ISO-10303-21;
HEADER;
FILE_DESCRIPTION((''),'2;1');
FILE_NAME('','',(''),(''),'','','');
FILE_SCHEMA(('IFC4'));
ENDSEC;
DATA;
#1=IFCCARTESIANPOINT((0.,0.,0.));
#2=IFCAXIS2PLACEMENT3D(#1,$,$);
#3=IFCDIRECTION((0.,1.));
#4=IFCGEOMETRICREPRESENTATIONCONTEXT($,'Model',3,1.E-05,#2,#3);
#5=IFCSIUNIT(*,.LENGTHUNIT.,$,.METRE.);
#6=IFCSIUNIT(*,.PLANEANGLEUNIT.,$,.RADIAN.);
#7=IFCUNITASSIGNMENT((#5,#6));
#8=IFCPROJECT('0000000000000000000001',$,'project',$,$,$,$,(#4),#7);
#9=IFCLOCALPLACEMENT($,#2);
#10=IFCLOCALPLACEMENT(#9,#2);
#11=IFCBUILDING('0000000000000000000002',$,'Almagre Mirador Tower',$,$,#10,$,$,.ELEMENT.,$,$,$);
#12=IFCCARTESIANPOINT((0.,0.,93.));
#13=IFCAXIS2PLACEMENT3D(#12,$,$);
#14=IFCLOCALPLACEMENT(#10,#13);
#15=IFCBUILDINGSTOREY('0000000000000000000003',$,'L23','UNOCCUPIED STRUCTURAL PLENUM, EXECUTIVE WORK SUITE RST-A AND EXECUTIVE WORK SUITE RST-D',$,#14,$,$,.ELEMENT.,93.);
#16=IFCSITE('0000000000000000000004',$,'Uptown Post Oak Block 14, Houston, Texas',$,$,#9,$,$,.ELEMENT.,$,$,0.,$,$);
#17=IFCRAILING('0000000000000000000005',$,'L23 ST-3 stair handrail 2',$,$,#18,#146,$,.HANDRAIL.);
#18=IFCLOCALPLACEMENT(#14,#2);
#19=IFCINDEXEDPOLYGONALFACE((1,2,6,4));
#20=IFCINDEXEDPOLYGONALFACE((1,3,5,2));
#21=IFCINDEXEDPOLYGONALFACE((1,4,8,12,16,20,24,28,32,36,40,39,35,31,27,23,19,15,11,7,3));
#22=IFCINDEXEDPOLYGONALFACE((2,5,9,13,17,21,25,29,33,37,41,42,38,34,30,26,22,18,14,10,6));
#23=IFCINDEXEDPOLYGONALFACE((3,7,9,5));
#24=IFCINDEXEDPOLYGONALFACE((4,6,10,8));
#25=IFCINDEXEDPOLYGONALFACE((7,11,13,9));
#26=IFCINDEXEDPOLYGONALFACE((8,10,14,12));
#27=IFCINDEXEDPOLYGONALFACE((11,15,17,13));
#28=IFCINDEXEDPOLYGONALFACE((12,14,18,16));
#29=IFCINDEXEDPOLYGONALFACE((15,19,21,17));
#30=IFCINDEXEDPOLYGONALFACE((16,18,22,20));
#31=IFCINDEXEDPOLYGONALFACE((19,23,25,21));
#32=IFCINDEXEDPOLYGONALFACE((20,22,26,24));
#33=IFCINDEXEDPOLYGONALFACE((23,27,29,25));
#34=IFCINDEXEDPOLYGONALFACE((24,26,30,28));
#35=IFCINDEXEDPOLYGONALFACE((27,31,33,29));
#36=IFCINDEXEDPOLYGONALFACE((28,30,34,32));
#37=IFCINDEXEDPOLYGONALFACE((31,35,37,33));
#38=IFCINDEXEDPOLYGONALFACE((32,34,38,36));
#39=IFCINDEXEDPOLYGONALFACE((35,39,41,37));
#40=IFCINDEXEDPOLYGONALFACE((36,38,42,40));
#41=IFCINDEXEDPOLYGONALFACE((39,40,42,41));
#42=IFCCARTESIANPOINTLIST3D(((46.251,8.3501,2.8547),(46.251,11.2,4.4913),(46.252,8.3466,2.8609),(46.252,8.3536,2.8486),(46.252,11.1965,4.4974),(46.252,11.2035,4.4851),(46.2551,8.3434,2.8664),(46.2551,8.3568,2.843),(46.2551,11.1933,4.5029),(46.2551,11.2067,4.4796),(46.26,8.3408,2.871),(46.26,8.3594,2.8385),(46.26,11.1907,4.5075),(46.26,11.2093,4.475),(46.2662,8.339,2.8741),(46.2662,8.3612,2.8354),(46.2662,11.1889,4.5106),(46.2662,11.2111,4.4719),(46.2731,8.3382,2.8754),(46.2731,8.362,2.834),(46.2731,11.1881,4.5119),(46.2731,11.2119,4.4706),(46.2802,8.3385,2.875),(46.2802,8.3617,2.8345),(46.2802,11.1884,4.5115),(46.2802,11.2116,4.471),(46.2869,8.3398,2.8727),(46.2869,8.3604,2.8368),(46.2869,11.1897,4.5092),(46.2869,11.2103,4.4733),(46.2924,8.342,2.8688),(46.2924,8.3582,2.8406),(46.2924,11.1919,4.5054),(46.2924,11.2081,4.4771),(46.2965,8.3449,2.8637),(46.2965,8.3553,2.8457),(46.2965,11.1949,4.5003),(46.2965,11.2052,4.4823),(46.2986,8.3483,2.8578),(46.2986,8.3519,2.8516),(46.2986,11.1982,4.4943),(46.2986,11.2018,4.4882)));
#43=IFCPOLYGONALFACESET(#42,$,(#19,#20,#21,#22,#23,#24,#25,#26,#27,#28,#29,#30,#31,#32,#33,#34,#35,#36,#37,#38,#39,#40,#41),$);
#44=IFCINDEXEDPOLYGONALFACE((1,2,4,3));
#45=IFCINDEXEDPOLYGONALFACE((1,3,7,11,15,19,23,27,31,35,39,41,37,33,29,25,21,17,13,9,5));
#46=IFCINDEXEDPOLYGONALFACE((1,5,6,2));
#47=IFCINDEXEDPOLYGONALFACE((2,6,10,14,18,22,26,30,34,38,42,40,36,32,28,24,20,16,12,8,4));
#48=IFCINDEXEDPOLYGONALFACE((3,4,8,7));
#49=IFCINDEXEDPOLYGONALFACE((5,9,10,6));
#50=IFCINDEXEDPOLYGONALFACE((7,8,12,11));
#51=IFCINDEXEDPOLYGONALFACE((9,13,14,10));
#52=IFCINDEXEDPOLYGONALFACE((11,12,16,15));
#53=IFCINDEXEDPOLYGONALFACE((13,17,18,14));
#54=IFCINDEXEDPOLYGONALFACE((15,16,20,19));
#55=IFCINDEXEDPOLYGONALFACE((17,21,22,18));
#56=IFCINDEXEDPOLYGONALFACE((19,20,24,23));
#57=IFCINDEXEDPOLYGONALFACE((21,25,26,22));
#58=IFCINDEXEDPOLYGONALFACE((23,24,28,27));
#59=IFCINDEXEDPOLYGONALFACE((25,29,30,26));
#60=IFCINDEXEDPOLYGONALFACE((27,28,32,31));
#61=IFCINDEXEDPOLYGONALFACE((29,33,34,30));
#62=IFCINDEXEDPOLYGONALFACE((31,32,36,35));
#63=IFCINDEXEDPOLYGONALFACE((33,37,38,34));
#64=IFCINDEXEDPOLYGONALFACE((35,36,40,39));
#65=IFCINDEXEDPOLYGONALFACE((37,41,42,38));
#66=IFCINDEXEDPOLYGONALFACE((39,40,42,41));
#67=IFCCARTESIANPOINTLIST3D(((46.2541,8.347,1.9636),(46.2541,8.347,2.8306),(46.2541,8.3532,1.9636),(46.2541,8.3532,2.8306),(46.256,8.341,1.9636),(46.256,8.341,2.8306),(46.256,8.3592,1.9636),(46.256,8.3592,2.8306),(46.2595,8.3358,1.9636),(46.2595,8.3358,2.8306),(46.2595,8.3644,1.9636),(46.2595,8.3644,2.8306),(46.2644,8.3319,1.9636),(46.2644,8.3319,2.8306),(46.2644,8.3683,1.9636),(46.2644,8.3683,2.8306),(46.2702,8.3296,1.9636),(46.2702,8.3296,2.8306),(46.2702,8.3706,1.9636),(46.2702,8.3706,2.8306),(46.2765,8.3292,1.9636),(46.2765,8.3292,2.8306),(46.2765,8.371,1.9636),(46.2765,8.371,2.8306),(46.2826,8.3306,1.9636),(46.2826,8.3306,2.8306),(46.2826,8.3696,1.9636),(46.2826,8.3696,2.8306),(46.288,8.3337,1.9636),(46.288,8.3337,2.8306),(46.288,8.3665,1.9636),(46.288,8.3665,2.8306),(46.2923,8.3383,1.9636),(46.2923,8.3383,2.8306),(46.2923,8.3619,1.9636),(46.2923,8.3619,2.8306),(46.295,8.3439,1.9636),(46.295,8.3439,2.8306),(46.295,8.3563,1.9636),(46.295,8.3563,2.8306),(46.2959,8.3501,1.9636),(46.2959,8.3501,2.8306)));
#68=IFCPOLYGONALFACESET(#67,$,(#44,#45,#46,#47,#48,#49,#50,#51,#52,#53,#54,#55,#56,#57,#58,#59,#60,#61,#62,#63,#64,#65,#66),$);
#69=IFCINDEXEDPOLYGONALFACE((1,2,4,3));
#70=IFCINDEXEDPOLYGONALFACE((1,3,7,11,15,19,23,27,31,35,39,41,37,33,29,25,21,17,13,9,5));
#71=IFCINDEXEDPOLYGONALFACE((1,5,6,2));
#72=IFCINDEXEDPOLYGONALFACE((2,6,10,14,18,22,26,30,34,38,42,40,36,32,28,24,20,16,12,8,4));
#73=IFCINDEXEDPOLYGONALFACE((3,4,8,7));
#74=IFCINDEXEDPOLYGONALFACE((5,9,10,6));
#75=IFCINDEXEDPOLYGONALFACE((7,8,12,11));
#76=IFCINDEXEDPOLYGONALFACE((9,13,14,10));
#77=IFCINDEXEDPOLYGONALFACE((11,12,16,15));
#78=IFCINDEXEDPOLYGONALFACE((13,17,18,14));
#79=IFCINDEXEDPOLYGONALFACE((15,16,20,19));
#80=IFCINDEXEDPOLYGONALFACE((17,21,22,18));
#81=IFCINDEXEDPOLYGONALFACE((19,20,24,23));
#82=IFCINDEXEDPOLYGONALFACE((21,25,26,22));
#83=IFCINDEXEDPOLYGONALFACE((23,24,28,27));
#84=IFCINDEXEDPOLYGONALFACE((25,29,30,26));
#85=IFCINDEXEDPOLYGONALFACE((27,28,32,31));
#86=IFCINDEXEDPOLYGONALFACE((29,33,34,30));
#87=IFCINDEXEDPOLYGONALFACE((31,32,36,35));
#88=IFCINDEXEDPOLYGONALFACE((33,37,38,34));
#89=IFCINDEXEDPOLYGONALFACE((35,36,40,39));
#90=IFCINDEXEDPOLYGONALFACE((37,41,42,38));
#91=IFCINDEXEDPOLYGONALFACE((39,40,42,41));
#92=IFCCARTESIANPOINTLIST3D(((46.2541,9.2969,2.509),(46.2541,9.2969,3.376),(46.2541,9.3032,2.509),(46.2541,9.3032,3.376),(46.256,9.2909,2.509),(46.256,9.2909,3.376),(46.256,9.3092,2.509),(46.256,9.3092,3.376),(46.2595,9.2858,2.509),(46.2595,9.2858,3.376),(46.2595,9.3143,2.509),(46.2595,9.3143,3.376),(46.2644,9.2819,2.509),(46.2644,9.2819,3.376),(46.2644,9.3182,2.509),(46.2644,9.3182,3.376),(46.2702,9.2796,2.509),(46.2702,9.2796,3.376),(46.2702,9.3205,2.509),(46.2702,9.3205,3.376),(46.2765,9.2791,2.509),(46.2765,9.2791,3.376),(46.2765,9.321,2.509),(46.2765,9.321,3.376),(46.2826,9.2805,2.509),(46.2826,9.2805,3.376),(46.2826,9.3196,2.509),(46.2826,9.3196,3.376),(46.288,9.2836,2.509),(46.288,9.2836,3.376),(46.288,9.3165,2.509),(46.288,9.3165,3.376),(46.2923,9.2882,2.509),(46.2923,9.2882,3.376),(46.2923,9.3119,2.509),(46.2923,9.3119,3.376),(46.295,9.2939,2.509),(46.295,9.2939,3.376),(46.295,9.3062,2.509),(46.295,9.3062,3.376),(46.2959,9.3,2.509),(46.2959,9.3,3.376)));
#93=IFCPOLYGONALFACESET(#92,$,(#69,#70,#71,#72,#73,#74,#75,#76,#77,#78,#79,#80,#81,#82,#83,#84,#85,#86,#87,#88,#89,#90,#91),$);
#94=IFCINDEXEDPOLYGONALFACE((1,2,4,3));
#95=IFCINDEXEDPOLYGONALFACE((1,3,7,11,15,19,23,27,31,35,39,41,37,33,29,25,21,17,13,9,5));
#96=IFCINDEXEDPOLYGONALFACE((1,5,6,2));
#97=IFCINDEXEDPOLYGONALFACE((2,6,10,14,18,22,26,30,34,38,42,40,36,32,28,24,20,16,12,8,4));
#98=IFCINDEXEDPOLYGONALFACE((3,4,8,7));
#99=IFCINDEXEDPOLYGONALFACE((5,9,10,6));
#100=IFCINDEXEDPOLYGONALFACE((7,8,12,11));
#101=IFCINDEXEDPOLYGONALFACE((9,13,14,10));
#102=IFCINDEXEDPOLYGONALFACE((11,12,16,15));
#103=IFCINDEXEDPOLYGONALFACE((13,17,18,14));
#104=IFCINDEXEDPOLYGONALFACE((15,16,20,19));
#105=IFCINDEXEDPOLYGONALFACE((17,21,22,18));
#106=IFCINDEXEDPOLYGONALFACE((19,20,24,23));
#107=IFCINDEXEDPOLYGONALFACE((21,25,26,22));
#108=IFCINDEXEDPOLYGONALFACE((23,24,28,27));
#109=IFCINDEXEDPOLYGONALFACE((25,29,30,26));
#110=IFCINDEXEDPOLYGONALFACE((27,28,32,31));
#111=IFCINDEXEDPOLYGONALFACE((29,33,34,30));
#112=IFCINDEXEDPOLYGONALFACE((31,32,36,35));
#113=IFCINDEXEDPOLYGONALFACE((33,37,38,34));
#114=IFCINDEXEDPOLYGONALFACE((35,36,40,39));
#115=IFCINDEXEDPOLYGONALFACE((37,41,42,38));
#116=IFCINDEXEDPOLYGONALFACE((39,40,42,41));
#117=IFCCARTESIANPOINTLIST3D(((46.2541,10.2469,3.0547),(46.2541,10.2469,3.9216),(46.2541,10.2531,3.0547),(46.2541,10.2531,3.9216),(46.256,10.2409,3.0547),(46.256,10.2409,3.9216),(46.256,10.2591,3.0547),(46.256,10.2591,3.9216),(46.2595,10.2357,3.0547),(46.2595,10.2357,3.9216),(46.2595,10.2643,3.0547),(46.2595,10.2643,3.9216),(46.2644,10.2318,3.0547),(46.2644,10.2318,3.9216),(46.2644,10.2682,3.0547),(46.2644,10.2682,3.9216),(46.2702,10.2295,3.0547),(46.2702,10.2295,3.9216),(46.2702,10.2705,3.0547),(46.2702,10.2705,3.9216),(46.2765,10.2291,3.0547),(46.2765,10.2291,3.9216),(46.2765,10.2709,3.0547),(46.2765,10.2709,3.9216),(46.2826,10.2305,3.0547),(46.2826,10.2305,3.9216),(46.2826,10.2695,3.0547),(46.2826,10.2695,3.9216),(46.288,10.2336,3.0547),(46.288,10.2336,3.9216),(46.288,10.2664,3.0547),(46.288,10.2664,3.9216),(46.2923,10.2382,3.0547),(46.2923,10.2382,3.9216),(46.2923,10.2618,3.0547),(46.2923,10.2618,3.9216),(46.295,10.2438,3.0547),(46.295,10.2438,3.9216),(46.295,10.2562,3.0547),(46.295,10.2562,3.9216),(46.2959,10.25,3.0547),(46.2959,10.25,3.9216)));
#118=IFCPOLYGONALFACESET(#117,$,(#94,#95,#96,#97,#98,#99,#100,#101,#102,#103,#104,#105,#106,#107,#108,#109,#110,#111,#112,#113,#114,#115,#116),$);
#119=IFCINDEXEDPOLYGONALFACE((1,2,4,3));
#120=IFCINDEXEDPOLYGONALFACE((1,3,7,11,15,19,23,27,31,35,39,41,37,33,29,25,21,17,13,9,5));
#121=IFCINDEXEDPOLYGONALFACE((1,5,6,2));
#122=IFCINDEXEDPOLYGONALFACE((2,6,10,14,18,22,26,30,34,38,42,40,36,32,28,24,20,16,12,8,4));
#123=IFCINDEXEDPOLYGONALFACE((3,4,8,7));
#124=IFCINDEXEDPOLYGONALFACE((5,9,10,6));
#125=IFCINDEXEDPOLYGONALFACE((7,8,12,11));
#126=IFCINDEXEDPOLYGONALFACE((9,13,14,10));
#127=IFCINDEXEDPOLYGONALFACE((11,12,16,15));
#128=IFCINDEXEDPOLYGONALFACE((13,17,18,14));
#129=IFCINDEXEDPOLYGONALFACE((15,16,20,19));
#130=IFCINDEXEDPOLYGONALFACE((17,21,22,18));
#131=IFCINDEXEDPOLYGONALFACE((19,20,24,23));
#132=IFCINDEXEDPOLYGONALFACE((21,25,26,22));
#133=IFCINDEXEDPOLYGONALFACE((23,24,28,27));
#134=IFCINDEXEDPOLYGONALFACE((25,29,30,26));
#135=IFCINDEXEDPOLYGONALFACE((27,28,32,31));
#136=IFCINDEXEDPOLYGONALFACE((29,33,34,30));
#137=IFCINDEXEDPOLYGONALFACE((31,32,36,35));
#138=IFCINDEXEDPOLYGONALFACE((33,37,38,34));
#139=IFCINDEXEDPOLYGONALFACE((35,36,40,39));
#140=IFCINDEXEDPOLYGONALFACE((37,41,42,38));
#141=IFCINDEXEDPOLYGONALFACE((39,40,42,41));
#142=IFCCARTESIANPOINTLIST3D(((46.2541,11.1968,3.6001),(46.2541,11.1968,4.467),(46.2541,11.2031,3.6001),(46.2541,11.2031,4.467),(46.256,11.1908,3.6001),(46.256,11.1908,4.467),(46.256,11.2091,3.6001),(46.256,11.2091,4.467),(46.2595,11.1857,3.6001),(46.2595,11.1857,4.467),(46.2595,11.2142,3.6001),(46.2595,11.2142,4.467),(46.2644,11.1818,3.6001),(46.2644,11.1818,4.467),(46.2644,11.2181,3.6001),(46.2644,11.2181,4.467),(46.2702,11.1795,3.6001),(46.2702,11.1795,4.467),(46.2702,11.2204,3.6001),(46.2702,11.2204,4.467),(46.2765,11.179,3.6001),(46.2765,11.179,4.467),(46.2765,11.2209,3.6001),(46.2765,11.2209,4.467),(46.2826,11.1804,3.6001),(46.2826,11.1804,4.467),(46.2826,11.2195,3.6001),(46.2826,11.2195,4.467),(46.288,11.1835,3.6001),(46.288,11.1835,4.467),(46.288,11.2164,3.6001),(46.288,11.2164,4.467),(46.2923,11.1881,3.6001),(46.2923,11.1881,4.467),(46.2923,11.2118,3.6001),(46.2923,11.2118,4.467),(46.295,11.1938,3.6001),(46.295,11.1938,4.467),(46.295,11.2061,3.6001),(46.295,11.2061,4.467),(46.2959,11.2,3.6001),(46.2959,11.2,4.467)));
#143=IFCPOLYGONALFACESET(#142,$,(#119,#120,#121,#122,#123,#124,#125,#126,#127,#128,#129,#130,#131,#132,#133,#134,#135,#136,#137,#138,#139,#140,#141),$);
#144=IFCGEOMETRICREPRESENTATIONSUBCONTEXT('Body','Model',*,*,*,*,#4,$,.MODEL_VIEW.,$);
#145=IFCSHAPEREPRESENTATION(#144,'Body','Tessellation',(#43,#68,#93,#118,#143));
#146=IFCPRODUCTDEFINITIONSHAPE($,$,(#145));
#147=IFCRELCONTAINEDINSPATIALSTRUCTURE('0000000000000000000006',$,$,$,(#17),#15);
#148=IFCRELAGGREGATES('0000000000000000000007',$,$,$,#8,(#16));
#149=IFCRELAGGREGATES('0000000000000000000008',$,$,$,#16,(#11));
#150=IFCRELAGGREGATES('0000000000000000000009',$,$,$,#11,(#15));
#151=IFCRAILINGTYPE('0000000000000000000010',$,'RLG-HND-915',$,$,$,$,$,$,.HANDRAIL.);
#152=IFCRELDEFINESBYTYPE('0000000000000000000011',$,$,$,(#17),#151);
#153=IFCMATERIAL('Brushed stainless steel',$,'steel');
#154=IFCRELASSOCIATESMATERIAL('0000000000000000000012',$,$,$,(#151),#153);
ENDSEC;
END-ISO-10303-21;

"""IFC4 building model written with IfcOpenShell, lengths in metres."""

from ifc_helpers import new_model, si_unit, direction, frame, origin, origin_2d, place, context, subcontext, project, spatial, circle, extrude, material, type_object, element, save


model = new_model("IFC4")

# Units and contexts
model_context = context("Model", 3, precision=1e-05, world=origin(), true_north=direction((0.0, 1.0)))
body_context = subcontext(model_context, "Body", "Model", "MODEL_VIEW")
ifc_project = project(units=[si_unit("LENGTHUNIT", "METRE"), si_unit("PLANEANGLEUNIT", "RADIAN")], contexts=[model_context])

# Site, building, storey
site_placement = place(None, origin())
site = spatial("IfcSite", under=ifc_project, at=site_placement, Name="Uptown Post Oak Block 14, Houston, Texas", CompositionType="ELEMENT", RefElevation=0.0)
building_placement = place(site_placement, origin())
building = spatial("IfcBuilding", under=site, at=building_placement, Name="Almagre Mirador Tower", CompositionType="ELEMENT")
storey_placement = place(building_placement, frame((0.0, 0.0, 93.0)))
storey = spatial("IfcBuildingStorey", under=building, at=storey_placement, Name="L23", Description="UNOCCUPIED STRUCTURAL PLENUM, EXECUTIVE WORK SUITE RST-A AND EXECUTIVE WORK SUITE RST-D", CompositionType="ELEMENT", Elevation=93.0)

# Railing
ifc_material_1 = material(Name="Brushed stainless steel", Category="steel")
railing_type_1 = type_object("IfcRailingType", Name="RLG-HND-915", PredefinedType="HANDRAIL", material=ifc_material_1)
railing_1_placement = place(storey_placement, frame((46.2749, 8.3501, 1.9636)))
element("IfcRailing", 1, at=railing_1_placement, inside=storey, type_object=railing_type_1, Name="L23 ST-3 stair handrail 2", PredefinedType="HANDRAIL", context=body_context, shape_type="SweptSolid", body=[
    extrude(circle(Radius=0.0239, at=origin_2d()), frame((0.0, 0.0, 0.8911), z_axis=(0.0, 0.867194, 0.49797), x_axis=(-1.0, 0.0, 0.0)), (0.0, 0.0, 1.0), 3.2864),
    extrude(circle(Radius=0.021, at=origin_2d()), origin(), (0.0, 0.0, 1.0), 0.8669),
    extrude(circle(Radius=0.021, at=origin_2d()), frame((0.0, 0.95, 0.5454)), (0.0, 0.0, 1.0), 0.8669),
    extrude(circle(Radius=0.021, at=origin_2d()), frame((0.0, 1.8999, 1.0911)), (0.0, 0.0, 1.0), 0.8669),
    extrude(circle(Radius=0.021, at=origin_2d()), frame((0.0, 2.8499, 1.6365)), (0.0, 0.0, 1.0), 0.8669),
])

save(model, "model.ifc")
